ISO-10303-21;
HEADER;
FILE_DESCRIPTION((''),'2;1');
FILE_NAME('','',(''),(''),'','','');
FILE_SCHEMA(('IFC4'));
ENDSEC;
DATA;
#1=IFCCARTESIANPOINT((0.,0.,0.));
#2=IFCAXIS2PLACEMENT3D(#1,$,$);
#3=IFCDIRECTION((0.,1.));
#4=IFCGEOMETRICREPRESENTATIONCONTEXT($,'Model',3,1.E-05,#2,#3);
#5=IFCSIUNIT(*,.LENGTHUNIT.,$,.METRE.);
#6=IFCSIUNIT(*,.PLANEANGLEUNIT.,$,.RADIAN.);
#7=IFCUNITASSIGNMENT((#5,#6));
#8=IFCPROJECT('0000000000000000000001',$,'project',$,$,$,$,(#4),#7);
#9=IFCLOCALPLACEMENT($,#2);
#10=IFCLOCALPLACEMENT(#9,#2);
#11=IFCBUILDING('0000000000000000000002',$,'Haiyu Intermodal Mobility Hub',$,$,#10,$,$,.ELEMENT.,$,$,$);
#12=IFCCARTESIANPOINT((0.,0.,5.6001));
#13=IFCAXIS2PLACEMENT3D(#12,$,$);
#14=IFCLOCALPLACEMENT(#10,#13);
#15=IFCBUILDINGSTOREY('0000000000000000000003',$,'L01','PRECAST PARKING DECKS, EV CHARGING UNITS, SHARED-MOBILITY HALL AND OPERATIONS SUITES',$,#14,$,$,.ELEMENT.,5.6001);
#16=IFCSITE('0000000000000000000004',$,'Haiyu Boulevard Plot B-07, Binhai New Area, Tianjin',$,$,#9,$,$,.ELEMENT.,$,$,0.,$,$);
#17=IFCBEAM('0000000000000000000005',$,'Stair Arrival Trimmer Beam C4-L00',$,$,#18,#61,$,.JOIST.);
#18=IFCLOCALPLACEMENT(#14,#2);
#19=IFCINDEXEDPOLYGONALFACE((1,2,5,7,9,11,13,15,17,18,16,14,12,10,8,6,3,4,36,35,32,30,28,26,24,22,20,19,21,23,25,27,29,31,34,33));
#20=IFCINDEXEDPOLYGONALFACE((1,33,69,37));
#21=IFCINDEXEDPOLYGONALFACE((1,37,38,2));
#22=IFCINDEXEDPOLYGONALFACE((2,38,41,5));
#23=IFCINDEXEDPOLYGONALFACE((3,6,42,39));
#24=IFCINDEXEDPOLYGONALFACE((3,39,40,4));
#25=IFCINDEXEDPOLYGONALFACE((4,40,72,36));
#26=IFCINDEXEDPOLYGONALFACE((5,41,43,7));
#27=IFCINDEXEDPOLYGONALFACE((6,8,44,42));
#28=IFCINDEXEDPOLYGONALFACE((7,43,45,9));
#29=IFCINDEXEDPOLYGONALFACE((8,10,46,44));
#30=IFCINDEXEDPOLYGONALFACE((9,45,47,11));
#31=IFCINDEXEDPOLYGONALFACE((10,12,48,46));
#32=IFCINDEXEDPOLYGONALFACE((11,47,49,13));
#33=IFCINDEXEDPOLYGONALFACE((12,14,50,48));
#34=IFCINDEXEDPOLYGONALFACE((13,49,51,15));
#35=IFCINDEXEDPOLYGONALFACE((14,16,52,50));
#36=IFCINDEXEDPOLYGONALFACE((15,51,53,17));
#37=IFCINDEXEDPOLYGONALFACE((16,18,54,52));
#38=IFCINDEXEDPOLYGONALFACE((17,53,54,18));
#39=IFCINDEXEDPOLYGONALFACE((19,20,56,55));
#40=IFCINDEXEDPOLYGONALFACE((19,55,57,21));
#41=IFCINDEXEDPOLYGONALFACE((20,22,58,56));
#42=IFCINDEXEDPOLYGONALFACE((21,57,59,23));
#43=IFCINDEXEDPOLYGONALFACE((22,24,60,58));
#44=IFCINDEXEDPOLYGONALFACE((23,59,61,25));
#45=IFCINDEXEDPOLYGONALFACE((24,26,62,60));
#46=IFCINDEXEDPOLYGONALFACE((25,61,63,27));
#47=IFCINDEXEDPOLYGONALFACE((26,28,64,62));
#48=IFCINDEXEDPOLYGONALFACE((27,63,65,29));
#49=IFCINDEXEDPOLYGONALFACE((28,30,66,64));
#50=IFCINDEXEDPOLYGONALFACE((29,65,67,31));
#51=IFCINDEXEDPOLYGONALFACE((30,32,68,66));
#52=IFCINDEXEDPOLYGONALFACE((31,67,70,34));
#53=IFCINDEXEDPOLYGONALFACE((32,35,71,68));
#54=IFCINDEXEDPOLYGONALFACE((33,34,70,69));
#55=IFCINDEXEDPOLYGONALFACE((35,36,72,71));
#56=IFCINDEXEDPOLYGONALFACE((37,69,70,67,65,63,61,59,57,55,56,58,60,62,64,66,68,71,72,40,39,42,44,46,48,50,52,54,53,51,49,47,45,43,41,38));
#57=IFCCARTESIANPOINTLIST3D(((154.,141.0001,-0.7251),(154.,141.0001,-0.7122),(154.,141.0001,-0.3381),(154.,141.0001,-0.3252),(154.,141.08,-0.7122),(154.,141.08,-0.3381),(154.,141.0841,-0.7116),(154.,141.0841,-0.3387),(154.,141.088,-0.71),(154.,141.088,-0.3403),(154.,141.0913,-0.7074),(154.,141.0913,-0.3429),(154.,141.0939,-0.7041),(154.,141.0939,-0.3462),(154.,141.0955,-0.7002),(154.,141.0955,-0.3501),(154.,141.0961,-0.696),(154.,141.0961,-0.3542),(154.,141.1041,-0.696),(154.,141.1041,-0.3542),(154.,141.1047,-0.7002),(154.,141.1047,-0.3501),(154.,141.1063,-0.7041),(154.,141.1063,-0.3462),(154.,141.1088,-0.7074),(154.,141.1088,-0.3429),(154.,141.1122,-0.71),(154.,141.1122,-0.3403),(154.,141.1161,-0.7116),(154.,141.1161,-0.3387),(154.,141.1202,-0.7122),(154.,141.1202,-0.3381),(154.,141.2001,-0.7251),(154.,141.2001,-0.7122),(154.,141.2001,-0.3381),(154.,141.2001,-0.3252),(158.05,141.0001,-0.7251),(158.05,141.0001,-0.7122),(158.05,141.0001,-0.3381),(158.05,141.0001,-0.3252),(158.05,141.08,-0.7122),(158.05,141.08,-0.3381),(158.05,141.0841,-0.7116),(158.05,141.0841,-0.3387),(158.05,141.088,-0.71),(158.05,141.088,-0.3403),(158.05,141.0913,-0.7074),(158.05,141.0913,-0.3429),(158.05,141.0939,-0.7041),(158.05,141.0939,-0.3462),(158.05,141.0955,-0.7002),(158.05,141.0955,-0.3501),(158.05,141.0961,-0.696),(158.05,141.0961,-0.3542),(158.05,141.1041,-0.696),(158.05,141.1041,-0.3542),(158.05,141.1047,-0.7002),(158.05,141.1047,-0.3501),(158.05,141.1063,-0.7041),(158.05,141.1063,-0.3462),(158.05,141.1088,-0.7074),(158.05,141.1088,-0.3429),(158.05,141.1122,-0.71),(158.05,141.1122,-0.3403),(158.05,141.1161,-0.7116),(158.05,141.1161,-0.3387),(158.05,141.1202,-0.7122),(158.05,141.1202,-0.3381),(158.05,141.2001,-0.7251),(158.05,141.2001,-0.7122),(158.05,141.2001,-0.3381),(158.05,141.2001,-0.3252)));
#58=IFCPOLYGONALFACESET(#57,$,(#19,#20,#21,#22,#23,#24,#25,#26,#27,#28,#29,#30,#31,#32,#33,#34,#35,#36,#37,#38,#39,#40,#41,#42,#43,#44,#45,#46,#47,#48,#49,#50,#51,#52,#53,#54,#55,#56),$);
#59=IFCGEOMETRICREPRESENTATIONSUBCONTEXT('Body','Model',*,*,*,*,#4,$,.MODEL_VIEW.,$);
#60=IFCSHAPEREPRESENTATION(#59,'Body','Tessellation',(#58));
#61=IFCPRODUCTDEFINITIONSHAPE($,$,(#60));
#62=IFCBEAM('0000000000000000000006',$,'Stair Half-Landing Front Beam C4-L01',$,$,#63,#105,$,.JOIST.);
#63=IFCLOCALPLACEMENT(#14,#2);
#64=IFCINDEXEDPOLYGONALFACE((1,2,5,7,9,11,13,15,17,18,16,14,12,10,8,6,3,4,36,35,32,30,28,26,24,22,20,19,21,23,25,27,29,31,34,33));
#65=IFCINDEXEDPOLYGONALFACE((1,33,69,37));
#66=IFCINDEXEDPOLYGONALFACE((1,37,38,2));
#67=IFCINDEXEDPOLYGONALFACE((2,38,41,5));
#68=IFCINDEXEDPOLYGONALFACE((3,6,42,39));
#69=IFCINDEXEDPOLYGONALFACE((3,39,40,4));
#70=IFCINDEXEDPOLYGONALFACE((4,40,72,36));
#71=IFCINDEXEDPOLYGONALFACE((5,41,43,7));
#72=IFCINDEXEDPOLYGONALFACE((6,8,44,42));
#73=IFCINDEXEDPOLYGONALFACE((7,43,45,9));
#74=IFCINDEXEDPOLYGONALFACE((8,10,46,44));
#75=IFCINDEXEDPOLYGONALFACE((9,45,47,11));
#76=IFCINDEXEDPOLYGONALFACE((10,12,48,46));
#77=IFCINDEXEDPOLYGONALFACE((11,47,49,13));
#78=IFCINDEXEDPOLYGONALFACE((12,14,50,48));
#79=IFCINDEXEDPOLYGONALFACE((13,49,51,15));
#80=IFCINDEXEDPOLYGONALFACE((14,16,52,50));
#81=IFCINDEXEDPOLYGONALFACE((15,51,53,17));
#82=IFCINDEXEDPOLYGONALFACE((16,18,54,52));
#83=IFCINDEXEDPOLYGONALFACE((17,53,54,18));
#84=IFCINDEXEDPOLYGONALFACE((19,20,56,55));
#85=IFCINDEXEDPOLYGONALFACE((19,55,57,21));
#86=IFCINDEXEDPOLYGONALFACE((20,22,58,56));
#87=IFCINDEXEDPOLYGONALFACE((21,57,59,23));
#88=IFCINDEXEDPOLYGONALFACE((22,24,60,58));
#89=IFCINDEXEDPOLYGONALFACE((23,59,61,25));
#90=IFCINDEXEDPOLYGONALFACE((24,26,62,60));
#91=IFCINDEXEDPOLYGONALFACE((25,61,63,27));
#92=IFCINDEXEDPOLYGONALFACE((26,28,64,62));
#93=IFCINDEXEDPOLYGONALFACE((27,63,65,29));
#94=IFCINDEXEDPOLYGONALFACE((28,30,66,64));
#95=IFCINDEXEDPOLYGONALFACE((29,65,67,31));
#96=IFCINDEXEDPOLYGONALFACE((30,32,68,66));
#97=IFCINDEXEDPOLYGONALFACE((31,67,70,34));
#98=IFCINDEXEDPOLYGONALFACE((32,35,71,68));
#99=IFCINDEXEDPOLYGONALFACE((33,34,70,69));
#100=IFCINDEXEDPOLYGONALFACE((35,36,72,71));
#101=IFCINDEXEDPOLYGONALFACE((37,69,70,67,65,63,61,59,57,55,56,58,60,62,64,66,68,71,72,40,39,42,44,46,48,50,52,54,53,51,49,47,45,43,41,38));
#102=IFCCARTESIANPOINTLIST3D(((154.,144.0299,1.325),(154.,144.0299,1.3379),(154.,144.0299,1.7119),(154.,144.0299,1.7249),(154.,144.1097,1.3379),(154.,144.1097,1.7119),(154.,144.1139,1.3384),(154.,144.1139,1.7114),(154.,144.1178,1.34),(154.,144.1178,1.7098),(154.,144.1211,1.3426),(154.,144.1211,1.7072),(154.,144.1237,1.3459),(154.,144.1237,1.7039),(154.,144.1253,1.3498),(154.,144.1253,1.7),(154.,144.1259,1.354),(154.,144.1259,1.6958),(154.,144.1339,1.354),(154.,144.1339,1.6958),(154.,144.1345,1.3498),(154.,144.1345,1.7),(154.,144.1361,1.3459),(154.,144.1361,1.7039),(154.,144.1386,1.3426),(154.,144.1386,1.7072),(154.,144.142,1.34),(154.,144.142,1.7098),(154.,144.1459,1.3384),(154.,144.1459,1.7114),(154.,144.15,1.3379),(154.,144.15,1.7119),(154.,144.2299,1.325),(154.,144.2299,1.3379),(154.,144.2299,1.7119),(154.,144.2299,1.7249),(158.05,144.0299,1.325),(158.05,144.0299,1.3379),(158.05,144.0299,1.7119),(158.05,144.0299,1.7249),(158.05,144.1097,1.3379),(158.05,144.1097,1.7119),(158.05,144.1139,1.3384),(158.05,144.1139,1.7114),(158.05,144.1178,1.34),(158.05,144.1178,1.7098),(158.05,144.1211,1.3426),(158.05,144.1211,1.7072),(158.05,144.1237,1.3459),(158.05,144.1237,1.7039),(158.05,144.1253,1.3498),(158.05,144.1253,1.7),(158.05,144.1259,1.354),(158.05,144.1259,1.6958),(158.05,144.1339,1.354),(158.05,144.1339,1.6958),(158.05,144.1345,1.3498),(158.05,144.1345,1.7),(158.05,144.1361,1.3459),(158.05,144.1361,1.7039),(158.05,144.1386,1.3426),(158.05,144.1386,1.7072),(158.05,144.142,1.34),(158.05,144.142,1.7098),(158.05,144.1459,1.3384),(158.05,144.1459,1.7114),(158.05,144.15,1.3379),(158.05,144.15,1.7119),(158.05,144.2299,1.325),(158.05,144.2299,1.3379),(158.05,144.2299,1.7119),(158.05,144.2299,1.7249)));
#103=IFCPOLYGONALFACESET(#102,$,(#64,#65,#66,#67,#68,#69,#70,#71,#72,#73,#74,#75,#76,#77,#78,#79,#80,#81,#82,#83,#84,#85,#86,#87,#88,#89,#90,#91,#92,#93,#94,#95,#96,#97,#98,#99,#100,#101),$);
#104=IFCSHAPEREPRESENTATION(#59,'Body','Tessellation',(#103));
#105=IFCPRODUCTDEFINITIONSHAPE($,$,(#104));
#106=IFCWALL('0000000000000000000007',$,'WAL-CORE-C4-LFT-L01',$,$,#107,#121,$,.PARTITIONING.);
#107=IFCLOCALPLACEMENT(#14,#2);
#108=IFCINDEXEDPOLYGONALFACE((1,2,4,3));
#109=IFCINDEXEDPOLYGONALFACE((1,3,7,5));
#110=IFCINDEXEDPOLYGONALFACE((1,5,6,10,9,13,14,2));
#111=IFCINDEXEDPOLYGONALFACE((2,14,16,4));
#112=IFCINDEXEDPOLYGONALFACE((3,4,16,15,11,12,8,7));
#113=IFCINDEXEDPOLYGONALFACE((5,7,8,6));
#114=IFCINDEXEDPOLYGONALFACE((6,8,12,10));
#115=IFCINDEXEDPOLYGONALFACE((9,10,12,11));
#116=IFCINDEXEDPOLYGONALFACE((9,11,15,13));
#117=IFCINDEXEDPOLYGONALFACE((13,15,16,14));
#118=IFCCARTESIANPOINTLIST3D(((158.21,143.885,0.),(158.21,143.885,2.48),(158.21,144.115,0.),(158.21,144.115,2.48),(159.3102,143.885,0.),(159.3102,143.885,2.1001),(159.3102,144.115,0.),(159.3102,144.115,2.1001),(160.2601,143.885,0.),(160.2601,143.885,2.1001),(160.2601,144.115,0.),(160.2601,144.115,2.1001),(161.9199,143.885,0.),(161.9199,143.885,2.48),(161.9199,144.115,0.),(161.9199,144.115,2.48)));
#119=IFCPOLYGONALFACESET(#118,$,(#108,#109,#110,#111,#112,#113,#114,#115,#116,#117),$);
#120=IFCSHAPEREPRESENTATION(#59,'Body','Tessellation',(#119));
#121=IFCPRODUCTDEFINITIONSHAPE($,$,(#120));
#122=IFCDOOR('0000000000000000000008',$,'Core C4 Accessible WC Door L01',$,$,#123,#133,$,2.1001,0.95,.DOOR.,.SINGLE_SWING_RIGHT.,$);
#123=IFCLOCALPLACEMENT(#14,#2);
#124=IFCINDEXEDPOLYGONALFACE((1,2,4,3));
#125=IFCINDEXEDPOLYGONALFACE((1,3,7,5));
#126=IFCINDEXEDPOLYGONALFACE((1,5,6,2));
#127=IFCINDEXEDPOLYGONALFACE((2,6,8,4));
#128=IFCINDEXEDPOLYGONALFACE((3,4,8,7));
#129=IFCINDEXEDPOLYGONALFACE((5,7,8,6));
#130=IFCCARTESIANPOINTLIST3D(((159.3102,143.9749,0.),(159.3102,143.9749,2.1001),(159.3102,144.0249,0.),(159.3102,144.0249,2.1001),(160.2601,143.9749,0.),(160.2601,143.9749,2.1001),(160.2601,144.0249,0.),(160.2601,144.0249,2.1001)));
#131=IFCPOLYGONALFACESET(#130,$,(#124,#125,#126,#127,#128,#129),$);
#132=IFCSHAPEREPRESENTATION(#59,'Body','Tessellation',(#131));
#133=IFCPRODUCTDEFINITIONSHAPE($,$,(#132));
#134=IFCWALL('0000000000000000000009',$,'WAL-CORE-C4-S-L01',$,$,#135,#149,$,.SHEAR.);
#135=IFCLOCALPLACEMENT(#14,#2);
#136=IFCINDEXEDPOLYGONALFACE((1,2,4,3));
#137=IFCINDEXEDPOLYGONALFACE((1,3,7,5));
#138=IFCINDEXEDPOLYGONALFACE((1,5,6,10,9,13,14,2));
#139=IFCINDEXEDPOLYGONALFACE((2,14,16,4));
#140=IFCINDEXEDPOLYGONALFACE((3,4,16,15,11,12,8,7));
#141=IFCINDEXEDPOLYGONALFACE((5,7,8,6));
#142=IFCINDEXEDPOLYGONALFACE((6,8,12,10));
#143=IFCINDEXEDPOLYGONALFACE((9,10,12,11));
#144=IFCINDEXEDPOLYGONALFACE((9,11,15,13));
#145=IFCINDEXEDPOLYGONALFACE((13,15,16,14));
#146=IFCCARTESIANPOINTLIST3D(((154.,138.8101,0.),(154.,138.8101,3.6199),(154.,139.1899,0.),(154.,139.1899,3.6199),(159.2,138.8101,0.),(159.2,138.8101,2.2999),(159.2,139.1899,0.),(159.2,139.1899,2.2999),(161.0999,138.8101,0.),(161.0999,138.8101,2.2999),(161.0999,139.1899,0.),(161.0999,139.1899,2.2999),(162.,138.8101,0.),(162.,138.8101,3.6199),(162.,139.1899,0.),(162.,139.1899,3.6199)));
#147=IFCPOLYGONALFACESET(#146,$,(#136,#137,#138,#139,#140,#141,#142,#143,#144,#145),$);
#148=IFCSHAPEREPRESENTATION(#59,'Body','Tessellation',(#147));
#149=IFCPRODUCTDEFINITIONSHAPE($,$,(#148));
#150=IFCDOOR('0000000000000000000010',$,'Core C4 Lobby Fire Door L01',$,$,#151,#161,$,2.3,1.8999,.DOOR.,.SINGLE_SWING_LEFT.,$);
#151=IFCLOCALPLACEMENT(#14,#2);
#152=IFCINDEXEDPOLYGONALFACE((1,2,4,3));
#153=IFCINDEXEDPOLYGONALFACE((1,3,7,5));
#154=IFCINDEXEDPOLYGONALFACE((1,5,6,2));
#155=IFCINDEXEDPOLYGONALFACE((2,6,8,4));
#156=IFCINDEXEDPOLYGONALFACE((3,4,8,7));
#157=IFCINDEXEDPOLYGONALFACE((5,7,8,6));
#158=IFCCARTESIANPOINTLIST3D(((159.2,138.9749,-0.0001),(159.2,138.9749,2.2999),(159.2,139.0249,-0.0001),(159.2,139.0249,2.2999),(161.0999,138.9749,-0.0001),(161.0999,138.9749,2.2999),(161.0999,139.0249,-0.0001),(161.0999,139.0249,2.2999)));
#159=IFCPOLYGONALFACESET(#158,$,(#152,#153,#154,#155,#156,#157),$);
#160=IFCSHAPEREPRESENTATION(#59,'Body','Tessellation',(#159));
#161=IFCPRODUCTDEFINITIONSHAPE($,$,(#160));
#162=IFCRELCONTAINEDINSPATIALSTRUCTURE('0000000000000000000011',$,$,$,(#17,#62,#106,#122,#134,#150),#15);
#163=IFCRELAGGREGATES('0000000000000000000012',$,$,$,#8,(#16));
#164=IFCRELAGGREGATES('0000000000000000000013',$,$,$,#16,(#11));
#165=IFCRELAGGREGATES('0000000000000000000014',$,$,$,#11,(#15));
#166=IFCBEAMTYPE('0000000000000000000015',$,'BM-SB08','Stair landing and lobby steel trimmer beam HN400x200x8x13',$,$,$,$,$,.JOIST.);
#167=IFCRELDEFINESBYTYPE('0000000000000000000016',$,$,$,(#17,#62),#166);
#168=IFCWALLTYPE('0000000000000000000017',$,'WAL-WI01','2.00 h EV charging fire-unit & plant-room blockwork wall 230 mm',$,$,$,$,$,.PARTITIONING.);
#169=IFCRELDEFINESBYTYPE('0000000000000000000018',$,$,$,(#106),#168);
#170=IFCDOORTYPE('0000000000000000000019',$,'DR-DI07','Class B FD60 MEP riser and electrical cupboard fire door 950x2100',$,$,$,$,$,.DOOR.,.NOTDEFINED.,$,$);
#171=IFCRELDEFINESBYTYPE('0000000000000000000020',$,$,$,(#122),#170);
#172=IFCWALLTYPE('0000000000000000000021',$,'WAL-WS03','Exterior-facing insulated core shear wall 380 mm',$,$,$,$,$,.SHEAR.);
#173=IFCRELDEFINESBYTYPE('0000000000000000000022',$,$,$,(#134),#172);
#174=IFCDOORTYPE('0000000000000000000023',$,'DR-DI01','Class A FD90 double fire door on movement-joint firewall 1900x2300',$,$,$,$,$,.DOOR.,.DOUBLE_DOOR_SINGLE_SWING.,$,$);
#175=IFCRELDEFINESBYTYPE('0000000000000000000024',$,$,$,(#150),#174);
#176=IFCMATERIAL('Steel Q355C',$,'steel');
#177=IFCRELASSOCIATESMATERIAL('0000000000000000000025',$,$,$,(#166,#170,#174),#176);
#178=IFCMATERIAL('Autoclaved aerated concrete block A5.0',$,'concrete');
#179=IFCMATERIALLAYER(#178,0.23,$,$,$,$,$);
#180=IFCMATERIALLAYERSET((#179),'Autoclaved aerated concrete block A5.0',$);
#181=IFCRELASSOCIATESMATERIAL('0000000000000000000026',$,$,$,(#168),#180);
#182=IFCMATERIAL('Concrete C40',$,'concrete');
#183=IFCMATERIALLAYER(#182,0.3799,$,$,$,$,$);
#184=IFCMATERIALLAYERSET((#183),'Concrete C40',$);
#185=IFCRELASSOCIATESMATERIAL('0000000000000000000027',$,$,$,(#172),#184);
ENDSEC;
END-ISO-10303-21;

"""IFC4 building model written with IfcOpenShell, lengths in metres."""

from ifc_helpers import new_model, si_unit, direction, frame, frame_2d, origin, origin_2d, place, context, subcontext, project, spatial, rectangle, i_section, extrude, material, layer, layer_set, material_profile, profile_set, type_object, element, fill, save


model = new_model("IFC4")

# Units and contexts
model_context = context("Model", 3, precision=1e-05, world=origin(), true_north=direction((0.0, 1.0)))
body_context = subcontext(model_context, "Body", "Model", "MODEL_VIEW")
ifc_project = project(units=[si_unit("LENGTHUNIT", "METRE"), si_unit("PLANEANGLEUNIT", "RADIAN")], contexts=[model_context])

# Site, building, storey
site_placement = place(None, origin())
site = spatial("IfcSite", under=ifc_project, at=site_placement, Name="Haiyu Boulevard Plot B-07, Binhai New Area, Tianjin", CompositionType="ELEMENT", RefElevation=0.0)
building_placement = place(site_placement, origin())
building = spatial("IfcBuilding", under=site, at=building_placement, Name="Haiyu Intermodal Mobility Hub", CompositionType="ELEMENT")
storey_placement = place(building_placement, frame((0.0, 0.0, 5.6001)))
storey = spatial("IfcBuildingStorey", under=building, at=storey_placement, Name="L01", Description="PRECAST PARKING DECKS, EV CHARGING UNITS, SHARED-MOBILITY HALL AND OPERATIONS SUITES", CompositionType="ELEMENT", Elevation=5.6001)

# Shared definitions
ifc_material_1 = material(Name="Steel Q355C", Category="steel")

# Beams
ifc_material_2 = material(Name="Concrete C40", Category="concrete")
ifc_material_profile_1 = material_profile(ifc_material_1, i_section(OverallWidth=0.2, OverallDepth=0.3999, WebThickness=0.0081, FlangeThickness=0.0129, FilletRadius=0.0161, at=origin_2d()), Name="HN400x200x8x13")
ifc_profile_set_1 = profile_set([ifc_material_profile_1], Name="Steel Q355C")
beam_type_1 = type_object("IfcBeamType", Name="BM-SB08", Description="Stair landing and lobby steel trimmer beam HN400x200x8x13", PredefinedType="JOIST", material=ifc_profile_set_1)
for number, where, z_axis, x_axis, name in (
    (1, (154.0, 141.1001, -0.5251), (1.0, 0.0, 0.0), (0.0, 1.0, 0.0), "Stair Arrival Trimmer Beam C4-L00"),
    (2, (154.0, 144.1299, 1.5249), (1.0, 0.0, 0.0), (0.0, 1.0, 0.0), "Stair Half-Landing Front Beam C4-L01"),
):
    element("IfcBeam", number, at=place(storey_placement, frame(where, z_axis=z_axis, x_axis=x_axis)), inside=storey, type_object=beam_type_1, Name=name, PredefinedType="JOIST", context=body_context, shape_type="SweptSolid", body=[
        extrude(i_section(OverallWidth=0.2, OverallDepth=0.3999, WebThickness=0.0081, FlangeThickness=0.0129, FilletRadius=0.0161, at=origin_2d()), origin(), (0.0, 0.0, 1.0), 4.05),
    ])

# Walls, openings, doors
ifc_material_3 = material(Name="Autoclaved aerated concrete block A5.0", Category="concrete")
ifc_layer_1 = layer(ifc_material_3, 0.23)
ifc_layer_set_1 = layer_set([ifc_layer_1], Name="Autoclaved aerated concrete block A5.0")
wall_type_1 = type_object("IfcWallType", Name="WAL-WI01", Description="2.00 h EV charging fire-unit & plant-room blockwork wall 230 mm", PredefinedType="PARTITIONING", material=ifc_layer_set_1)
wall_1_placement = place(storey_placement, frame((158.21, 144.0, 0.0), z_axis=(0.0, 0.0, 1.0), x_axis=(1.0, 0.0, 0.0)))
wall_1 = element("IfcWall", 3, at=wall_1_placement, inside=storey, type_object=wall_type_1, Name="WAL-CORE-C4-LFT-L01", PredefinedType="PARTITIONING", context=body_context, shape_type="SweptSolid", body=[
    extrude(rectangle(XDim=3.71, YDim=0.23, at=frame_2d((1.855, 0.0))), origin(), (0.0, 0.0, 1.0), 2.48),
])
opening_1_placement = place(wall_1_placement, frame((1.1001, 0.0, 0.0)))
opening_1 = element("IfcOpeningElement", 4, at=opening_1_placement, cuts=wall_1, PredefinedType="OPENING", context=body_context, shape_type="SweptSolid", body=[
    extrude(rectangle(XDim=0.95, YDim=2.1001, at=frame_2d((0.4751, 1.05))), frame((0.0, 0.125, 0.0), z_axis=(0.0, -1.0, 0.0), x_axis=(1.0, 0.0, 0.0)), (0.0, 0.0, 1.0), 0.25),
])
door_type_1 = type_object("IfcDoorType", Name="DR-DI07", Description="Class B FD60 MEP riser and electrical cupboard fire door 950x2100", OperationType="NOTDEFINED", PredefinedType="DOOR", material=ifc_material_1)
door_1_placement = place(opening_1_placement, origin())
door_1 = element("IfcDoor", 5, at=door_1_placement, inside=storey, type_object=door_type_1, Name="Core C4 Accessible WC Door L01", OperationType="SINGLE_SWING_RIGHT", OverallHeight=2.1001, OverallWidth=0.95, PredefinedType="DOOR", context=body_context, shape_type="SweptSolid", body=[
    extrude(rectangle(XDim=0.95, YDim=2.1001, at=frame_2d((0.4751, 1.05))), frame((0.0, 0.0249, 0.0), z_axis=(0.0, -1.0, 0.0), x_axis=(1.0, 0.0, 0.0)), (0.0, 0.0, 1.0), 0.05),
])
fill(opening_1, door_1)
ifc_layer_2 = layer(ifc_material_2, 0.3799)
ifc_layer_set_2 = layer_set([ifc_layer_2], Name="Concrete C40")
wall_type_2 = type_object("IfcWallType", Name="WAL-WS03", Description="Exterior-facing insulated core shear wall 380 mm", PredefinedType="SHEAR", material=ifc_layer_set_2)
wall_2_placement = place(storey_placement, frame((154.0, 139.0, 0.0), z_axis=(0.0, 0.0, 1.0), x_axis=(1.0, 0.0, 0.0)))
wall_2 = element("IfcWall", 6, at=wall_2_placement, inside=storey, type_object=wall_type_2, Name="WAL-CORE-C4-S-L01", PredefinedType="SHEAR", context=body_context, shape_type="SweptSolid", body=[
    extrude(rectangle(XDim=8.0, YDim=0.3799, at=frame_2d((4.0, 0.0))), origin(), (0.0, 0.0, 1.0), 3.6199),
])
opening_2_placement = place(wall_2_placement, frame((5.2, 0.0, 0.0)))
opening_2 = element("IfcOpeningElement", 7, at=opening_2_placement, cuts=wall_2, PredefinedType="OPENING", context=body_context, shape_type="SweptSolid", body=[
    extrude(rectangle(XDim=1.8999, YDim=2.3, at=frame_2d((0.95, 1.1499))), frame((0.0, 0.2, 0.0), z_axis=(0.0, -1.0, 0.0), x_axis=(1.0, 0.0, 0.0)), (0.0, 0.0, 1.0), 0.3999),
])
door_type_2 = type_object("IfcDoorType", Name="DR-DI01", Description="Class A FD90 double fire door on movement-joint firewall 1900x2300", OperationType="DOUBLE_DOOR_SINGLE_SWING", PredefinedType="DOOR", material=ifc_material_1)
door_2_placement = place(opening_2_placement, origin())
door_2 = element("IfcDoor", 8, at=door_2_placement, inside=storey, type_object=door_type_2, Name="Core C4 Lobby Fire Door L01", OperationType="SINGLE_SWING_LEFT", OverallHeight=2.3, OverallWidth=1.8999, PredefinedType="DOOR", context=body_context, shape_type="SweptSolid", body=[
    extrude(rectangle(XDim=1.8999, YDim=2.3, at=frame_2d((0.95, 1.1499))), frame((0.0, 0.0249, 0.0), z_axis=(0.0, -1.0, 0.0), x_axis=(1.0, 0.0, 0.0)), (0.0, 0.0, 1.0), 0.05),
])
fill(opening_2, door_2)

save(model, "model.ifc")
